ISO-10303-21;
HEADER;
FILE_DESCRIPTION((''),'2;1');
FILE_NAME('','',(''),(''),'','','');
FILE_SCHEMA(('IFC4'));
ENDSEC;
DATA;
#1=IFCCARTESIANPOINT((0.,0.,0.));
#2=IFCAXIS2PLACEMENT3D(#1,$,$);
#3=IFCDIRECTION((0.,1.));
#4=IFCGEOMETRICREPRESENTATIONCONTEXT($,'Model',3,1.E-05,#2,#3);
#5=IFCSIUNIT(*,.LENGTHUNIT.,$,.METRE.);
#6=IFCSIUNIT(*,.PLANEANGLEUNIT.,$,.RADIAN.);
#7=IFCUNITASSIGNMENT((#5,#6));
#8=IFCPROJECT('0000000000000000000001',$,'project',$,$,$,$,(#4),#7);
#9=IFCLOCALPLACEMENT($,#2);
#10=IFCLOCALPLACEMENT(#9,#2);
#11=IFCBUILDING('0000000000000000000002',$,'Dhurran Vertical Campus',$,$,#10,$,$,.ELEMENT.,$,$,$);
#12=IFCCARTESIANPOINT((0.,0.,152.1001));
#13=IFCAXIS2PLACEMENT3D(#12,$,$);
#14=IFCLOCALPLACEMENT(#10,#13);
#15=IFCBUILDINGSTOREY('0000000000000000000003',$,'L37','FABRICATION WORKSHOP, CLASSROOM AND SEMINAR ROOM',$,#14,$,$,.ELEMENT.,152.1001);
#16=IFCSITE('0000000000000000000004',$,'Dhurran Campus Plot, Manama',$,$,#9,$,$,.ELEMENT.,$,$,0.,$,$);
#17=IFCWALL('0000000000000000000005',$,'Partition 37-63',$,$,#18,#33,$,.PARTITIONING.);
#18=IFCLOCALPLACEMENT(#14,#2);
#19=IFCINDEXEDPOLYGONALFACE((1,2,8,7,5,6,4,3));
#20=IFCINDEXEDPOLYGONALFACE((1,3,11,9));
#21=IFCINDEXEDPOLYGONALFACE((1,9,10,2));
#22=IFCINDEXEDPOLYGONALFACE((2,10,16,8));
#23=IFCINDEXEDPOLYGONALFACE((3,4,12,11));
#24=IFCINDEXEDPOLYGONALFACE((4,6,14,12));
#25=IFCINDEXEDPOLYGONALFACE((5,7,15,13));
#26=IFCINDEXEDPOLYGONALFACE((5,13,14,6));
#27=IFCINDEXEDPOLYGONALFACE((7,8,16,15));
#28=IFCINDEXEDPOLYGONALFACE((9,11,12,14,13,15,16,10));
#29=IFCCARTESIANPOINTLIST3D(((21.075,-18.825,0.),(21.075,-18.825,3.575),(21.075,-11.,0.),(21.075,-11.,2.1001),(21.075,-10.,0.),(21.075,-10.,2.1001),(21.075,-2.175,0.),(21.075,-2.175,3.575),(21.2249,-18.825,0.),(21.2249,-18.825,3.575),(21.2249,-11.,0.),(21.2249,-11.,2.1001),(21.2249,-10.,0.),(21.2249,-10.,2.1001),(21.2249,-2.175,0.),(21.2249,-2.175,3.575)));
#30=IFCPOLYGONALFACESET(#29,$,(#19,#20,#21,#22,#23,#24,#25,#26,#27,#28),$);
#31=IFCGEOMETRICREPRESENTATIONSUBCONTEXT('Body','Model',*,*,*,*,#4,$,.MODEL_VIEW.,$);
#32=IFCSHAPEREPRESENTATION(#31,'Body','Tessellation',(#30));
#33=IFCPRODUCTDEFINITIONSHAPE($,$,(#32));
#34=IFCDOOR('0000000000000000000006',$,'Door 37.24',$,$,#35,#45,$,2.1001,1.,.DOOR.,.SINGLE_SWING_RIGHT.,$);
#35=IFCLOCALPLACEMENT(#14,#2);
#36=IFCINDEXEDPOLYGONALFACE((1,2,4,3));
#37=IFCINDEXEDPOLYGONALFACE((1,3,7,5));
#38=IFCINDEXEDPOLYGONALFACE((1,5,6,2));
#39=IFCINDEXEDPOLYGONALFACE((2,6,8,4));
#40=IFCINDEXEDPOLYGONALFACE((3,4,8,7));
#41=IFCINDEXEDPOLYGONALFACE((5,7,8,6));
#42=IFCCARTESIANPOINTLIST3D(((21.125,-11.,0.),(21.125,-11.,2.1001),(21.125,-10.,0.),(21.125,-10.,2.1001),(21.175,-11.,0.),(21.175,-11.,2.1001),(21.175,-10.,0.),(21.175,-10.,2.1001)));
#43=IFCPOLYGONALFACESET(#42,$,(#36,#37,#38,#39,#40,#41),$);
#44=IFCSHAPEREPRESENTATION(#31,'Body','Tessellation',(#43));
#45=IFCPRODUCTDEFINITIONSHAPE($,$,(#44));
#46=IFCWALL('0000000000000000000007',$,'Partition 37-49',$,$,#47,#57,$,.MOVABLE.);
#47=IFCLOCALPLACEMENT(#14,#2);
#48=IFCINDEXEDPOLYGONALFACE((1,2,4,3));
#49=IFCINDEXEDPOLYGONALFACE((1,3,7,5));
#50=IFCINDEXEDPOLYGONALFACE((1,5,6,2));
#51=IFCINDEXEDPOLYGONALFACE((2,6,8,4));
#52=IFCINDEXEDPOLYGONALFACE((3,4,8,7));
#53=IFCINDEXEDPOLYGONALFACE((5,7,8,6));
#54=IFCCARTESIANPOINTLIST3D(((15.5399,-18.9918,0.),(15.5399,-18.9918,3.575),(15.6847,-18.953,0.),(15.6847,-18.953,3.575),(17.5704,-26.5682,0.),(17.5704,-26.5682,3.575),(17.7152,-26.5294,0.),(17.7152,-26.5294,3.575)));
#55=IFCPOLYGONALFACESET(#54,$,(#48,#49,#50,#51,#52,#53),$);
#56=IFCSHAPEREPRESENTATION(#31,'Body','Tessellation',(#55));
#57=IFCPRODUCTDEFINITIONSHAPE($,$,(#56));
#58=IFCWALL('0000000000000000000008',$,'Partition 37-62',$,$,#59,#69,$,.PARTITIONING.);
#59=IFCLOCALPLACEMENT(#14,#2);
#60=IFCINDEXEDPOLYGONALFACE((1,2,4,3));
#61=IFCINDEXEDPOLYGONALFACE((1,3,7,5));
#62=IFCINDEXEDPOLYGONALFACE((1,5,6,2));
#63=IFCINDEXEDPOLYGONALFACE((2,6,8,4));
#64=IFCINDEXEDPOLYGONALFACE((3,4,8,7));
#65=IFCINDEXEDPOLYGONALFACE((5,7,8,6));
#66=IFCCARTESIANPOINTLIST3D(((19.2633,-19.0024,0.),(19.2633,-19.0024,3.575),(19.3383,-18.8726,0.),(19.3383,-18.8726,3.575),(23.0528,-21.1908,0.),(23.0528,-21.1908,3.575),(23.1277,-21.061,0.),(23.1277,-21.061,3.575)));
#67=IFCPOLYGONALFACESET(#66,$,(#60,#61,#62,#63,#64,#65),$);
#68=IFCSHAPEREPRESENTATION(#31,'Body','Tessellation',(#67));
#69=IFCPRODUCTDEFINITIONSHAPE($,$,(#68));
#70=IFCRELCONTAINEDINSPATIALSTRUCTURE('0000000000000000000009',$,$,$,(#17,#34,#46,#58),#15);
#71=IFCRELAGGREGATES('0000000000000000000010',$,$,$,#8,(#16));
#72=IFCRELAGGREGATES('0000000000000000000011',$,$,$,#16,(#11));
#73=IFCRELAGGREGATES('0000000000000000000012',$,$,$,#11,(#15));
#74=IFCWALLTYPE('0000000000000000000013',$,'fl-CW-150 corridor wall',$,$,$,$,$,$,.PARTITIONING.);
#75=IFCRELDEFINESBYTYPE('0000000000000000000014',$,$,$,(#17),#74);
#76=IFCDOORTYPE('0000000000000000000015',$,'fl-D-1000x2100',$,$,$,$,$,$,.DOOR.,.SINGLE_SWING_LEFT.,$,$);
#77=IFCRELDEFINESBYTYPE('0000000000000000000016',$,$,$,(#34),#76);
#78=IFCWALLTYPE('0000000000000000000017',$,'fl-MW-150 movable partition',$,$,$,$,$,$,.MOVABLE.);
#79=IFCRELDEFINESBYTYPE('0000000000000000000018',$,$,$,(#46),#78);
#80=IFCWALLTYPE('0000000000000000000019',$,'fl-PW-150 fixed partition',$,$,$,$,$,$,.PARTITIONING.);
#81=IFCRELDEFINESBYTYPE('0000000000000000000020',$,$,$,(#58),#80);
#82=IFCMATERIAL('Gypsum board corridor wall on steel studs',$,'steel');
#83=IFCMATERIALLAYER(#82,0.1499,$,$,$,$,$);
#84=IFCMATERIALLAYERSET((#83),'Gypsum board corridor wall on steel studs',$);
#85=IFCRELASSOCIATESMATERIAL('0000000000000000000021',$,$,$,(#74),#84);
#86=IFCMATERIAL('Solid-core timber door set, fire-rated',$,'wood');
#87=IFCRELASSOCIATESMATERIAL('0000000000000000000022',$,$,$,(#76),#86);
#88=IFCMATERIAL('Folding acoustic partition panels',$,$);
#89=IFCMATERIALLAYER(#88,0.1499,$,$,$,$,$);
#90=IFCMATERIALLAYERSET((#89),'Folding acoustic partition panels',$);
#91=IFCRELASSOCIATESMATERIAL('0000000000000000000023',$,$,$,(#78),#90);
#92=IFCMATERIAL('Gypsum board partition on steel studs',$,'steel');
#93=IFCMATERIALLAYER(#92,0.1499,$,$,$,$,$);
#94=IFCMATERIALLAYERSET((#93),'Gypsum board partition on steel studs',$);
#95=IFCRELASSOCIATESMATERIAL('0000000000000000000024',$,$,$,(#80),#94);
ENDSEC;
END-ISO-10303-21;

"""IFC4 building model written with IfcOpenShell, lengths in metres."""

from ifc_helpers import new_model, si_unit, direction, frame, frame_2d, origin, place, context, subcontext, project, spatial, rectangle, extrude, material, layer, layer_set, type_object, element, fill, save


model = new_model("IFC4")

# Units and contexts
model_context = context("Model", 3, precision=1e-05, world=origin(), true_north=direction((0.0, 1.0)))
body_context = subcontext(model_context, "Body", "Model", "MODEL_VIEW")
ifc_project = project(units=[si_unit("LENGTHUNIT", "METRE"), si_unit("PLANEANGLEUNIT", "RADIAN")], contexts=[model_context])

# Site, building, storey
site_placement = place(None, origin())
site = spatial("IfcSite", under=ifc_project, at=site_placement, Name="Dhurran Campus Plot, Manama", CompositionType="ELEMENT", RefElevation=0.0)
building_placement = place(site_placement, origin())
building = spatial("IfcBuilding", under=site, at=building_placement, Name="Dhurran Vertical Campus", CompositionType="ELEMENT")
storey_placement = place(building_placement, frame((0.0, 0.0, 152.1001)))
storey = spatial("IfcBuildingStorey", under=building, at=storey_placement, Name="L37", Description="FABRICATION WORKSHOP, CLASSROOM AND SEMINAR ROOM", CompositionType="ELEMENT", Elevation=152.1001)

# Shared definitions
ifc_material_1 = material(Name="Gypsum board corridor wall on steel studs", Category="steel")
ifc_layer_1 = layer(ifc_material_1, 0.1499)
ifc_layer_set_1 = layer_set([ifc_layer_1], Name="Gypsum board corridor wall on steel studs")
wall_type_1 = type_object("IfcWallType", Name="fl-CW-150 corridor wall", PredefinedType="PARTITIONING", material=ifc_layer_set_1)

# Shared definitions
ifc_material_2 = material(Name="Solid-core timber door set, fire-rated", Category="wood")
door_type = type_object("IfcDoorType", Name="fl-D-1000x2100", OperationType="SINGLE_SWING_LEFT", PredefinedType="DOOR", material=ifc_material_2)

# Wall, opening, door
wall_1_placement = place(storey_placement, frame((21.1499, -18.825, 0.0), z_axis=(0.0, 0.0, 1.0), x_axis=(0.0, 1.0, 0.0)))
wall_1 = element("IfcWall", 1, at=wall_1_placement, inside=storey, type_object=wall_type_1, Name="Partition 37-63", PredefinedType="PARTITIONING", context=body_context, shape_type="SweptSolid", body=[
    extrude(rectangle(XDim=16.6499, YDim=0.1499, at=frame_2d((8.325, 0.0))), origin(), (0.0, 0.0, 1.0), 3.575),
])
opening_1_placement = place(wall_1_placement, frame((7.825, 0.0, 0.0)))
opening_1 = element("IfcOpeningElement", 2, at=opening_1_placement, cuts=wall_1, PredefinedType="OPENING", context=body_context, shape_type="SweptSolid", body=[
    extrude(rectangle(XDim=1.0, YDim=2.1001, at=frame_2d((0.5, 1.05))), frame((0.0, 0.085, 0.0), z_axis=(0.0, -1.0, 0.0), x_axis=(1.0, 0.0, 0.0)), (0.0, 0.0, 1.0), 0.1699),
])
door_1_placement = place(opening_1_placement, origin())
door_1 = element("IfcDoor", 3, at=door_1_placement, inside=storey, type_object=door_type, Name="Door 37.24", OperationType="SINGLE_SWING_RIGHT", OverallHeight=2.1001, OverallWidth=1.0, PredefinedType="DOOR", context=body_context, shape_type="SweptSolid", body=[
    extrude(rectangle(XDim=1.0, YDim=2.1001, at=frame_2d((0.5, 1.05))), frame((0.0, 0.0249, 0.0), z_axis=(0.0, -1.0, 0.0), x_axis=(1.0, 0.0, 0.0)), (0.0, 0.0, 1.0), 0.05),
])
fill(opening_1, door_1)

# Walls
ifc_material_3 = material(Name="Folding acoustic partition panels")
ifc_layer_2 = layer(ifc_material_3, 0.1499)
ifc_layer_set_2 = layer_set([ifc_layer_2], Name="Folding acoustic partition panels")
wall_type_2 = type_object("IfcWallType", Name="fl-MW-150 movable partition", PredefinedType="MOVABLE", material=ifc_layer_set_2)
wall_2_placement = place(storey_placement, frame((15.6123, -18.9724, 0.0), z_axis=(0.0, 0.0, 1.0), x_axis=(0.258869, -0.965912, 0.0)))
element("IfcWall", 4, at=wall_2_placement, inside=storey, type_object=wall_type_2, Name="Partition 37-49", PredefinedType="MOVABLE", context=body_context, shape_type="SweptSolid", body=[
    extrude(rectangle(XDim=7.8438, YDim=0.1499, at=frame_2d((3.9219, 0.0))), origin(), (0.0, 0.0, 1.0), 3.575),
])
ifc_material_4 = material(Name="Gypsum board partition on steel studs", Category="steel")
ifc_layer_3 = layer(ifc_material_4, 0.1499)
ifc_layer_set_3 = layer_set([ifc_layer_3], Name="Gypsum board partition on steel studs")
wall_type_3 = type_object("IfcWallType", Name="fl-PW-150 fixed partition", PredefinedType="PARTITIONING", material=ifc_layer_set_3)
wall_3_placement = place(storey_placement, frame((19.3008, -18.9375, 0.0), z_axis=(0.0, 0.0, 1.0), x_axis=(0.865968, -0.500099, 0.0)))
element("IfcWall", 5, at=wall_3_placement, inside=storey, type_object=wall_type_3, Name="Partition 37-62", PredefinedType="PARTITIONING", context=body_context, shape_type="SweptSolid", body=[
    extrude(rectangle(XDim=4.376, YDim=0.1499, at=frame_2d((2.188, 0.0))), origin(), (0.0, 0.0, 1.0), 3.575),
])

save(model, "model.ifc")
